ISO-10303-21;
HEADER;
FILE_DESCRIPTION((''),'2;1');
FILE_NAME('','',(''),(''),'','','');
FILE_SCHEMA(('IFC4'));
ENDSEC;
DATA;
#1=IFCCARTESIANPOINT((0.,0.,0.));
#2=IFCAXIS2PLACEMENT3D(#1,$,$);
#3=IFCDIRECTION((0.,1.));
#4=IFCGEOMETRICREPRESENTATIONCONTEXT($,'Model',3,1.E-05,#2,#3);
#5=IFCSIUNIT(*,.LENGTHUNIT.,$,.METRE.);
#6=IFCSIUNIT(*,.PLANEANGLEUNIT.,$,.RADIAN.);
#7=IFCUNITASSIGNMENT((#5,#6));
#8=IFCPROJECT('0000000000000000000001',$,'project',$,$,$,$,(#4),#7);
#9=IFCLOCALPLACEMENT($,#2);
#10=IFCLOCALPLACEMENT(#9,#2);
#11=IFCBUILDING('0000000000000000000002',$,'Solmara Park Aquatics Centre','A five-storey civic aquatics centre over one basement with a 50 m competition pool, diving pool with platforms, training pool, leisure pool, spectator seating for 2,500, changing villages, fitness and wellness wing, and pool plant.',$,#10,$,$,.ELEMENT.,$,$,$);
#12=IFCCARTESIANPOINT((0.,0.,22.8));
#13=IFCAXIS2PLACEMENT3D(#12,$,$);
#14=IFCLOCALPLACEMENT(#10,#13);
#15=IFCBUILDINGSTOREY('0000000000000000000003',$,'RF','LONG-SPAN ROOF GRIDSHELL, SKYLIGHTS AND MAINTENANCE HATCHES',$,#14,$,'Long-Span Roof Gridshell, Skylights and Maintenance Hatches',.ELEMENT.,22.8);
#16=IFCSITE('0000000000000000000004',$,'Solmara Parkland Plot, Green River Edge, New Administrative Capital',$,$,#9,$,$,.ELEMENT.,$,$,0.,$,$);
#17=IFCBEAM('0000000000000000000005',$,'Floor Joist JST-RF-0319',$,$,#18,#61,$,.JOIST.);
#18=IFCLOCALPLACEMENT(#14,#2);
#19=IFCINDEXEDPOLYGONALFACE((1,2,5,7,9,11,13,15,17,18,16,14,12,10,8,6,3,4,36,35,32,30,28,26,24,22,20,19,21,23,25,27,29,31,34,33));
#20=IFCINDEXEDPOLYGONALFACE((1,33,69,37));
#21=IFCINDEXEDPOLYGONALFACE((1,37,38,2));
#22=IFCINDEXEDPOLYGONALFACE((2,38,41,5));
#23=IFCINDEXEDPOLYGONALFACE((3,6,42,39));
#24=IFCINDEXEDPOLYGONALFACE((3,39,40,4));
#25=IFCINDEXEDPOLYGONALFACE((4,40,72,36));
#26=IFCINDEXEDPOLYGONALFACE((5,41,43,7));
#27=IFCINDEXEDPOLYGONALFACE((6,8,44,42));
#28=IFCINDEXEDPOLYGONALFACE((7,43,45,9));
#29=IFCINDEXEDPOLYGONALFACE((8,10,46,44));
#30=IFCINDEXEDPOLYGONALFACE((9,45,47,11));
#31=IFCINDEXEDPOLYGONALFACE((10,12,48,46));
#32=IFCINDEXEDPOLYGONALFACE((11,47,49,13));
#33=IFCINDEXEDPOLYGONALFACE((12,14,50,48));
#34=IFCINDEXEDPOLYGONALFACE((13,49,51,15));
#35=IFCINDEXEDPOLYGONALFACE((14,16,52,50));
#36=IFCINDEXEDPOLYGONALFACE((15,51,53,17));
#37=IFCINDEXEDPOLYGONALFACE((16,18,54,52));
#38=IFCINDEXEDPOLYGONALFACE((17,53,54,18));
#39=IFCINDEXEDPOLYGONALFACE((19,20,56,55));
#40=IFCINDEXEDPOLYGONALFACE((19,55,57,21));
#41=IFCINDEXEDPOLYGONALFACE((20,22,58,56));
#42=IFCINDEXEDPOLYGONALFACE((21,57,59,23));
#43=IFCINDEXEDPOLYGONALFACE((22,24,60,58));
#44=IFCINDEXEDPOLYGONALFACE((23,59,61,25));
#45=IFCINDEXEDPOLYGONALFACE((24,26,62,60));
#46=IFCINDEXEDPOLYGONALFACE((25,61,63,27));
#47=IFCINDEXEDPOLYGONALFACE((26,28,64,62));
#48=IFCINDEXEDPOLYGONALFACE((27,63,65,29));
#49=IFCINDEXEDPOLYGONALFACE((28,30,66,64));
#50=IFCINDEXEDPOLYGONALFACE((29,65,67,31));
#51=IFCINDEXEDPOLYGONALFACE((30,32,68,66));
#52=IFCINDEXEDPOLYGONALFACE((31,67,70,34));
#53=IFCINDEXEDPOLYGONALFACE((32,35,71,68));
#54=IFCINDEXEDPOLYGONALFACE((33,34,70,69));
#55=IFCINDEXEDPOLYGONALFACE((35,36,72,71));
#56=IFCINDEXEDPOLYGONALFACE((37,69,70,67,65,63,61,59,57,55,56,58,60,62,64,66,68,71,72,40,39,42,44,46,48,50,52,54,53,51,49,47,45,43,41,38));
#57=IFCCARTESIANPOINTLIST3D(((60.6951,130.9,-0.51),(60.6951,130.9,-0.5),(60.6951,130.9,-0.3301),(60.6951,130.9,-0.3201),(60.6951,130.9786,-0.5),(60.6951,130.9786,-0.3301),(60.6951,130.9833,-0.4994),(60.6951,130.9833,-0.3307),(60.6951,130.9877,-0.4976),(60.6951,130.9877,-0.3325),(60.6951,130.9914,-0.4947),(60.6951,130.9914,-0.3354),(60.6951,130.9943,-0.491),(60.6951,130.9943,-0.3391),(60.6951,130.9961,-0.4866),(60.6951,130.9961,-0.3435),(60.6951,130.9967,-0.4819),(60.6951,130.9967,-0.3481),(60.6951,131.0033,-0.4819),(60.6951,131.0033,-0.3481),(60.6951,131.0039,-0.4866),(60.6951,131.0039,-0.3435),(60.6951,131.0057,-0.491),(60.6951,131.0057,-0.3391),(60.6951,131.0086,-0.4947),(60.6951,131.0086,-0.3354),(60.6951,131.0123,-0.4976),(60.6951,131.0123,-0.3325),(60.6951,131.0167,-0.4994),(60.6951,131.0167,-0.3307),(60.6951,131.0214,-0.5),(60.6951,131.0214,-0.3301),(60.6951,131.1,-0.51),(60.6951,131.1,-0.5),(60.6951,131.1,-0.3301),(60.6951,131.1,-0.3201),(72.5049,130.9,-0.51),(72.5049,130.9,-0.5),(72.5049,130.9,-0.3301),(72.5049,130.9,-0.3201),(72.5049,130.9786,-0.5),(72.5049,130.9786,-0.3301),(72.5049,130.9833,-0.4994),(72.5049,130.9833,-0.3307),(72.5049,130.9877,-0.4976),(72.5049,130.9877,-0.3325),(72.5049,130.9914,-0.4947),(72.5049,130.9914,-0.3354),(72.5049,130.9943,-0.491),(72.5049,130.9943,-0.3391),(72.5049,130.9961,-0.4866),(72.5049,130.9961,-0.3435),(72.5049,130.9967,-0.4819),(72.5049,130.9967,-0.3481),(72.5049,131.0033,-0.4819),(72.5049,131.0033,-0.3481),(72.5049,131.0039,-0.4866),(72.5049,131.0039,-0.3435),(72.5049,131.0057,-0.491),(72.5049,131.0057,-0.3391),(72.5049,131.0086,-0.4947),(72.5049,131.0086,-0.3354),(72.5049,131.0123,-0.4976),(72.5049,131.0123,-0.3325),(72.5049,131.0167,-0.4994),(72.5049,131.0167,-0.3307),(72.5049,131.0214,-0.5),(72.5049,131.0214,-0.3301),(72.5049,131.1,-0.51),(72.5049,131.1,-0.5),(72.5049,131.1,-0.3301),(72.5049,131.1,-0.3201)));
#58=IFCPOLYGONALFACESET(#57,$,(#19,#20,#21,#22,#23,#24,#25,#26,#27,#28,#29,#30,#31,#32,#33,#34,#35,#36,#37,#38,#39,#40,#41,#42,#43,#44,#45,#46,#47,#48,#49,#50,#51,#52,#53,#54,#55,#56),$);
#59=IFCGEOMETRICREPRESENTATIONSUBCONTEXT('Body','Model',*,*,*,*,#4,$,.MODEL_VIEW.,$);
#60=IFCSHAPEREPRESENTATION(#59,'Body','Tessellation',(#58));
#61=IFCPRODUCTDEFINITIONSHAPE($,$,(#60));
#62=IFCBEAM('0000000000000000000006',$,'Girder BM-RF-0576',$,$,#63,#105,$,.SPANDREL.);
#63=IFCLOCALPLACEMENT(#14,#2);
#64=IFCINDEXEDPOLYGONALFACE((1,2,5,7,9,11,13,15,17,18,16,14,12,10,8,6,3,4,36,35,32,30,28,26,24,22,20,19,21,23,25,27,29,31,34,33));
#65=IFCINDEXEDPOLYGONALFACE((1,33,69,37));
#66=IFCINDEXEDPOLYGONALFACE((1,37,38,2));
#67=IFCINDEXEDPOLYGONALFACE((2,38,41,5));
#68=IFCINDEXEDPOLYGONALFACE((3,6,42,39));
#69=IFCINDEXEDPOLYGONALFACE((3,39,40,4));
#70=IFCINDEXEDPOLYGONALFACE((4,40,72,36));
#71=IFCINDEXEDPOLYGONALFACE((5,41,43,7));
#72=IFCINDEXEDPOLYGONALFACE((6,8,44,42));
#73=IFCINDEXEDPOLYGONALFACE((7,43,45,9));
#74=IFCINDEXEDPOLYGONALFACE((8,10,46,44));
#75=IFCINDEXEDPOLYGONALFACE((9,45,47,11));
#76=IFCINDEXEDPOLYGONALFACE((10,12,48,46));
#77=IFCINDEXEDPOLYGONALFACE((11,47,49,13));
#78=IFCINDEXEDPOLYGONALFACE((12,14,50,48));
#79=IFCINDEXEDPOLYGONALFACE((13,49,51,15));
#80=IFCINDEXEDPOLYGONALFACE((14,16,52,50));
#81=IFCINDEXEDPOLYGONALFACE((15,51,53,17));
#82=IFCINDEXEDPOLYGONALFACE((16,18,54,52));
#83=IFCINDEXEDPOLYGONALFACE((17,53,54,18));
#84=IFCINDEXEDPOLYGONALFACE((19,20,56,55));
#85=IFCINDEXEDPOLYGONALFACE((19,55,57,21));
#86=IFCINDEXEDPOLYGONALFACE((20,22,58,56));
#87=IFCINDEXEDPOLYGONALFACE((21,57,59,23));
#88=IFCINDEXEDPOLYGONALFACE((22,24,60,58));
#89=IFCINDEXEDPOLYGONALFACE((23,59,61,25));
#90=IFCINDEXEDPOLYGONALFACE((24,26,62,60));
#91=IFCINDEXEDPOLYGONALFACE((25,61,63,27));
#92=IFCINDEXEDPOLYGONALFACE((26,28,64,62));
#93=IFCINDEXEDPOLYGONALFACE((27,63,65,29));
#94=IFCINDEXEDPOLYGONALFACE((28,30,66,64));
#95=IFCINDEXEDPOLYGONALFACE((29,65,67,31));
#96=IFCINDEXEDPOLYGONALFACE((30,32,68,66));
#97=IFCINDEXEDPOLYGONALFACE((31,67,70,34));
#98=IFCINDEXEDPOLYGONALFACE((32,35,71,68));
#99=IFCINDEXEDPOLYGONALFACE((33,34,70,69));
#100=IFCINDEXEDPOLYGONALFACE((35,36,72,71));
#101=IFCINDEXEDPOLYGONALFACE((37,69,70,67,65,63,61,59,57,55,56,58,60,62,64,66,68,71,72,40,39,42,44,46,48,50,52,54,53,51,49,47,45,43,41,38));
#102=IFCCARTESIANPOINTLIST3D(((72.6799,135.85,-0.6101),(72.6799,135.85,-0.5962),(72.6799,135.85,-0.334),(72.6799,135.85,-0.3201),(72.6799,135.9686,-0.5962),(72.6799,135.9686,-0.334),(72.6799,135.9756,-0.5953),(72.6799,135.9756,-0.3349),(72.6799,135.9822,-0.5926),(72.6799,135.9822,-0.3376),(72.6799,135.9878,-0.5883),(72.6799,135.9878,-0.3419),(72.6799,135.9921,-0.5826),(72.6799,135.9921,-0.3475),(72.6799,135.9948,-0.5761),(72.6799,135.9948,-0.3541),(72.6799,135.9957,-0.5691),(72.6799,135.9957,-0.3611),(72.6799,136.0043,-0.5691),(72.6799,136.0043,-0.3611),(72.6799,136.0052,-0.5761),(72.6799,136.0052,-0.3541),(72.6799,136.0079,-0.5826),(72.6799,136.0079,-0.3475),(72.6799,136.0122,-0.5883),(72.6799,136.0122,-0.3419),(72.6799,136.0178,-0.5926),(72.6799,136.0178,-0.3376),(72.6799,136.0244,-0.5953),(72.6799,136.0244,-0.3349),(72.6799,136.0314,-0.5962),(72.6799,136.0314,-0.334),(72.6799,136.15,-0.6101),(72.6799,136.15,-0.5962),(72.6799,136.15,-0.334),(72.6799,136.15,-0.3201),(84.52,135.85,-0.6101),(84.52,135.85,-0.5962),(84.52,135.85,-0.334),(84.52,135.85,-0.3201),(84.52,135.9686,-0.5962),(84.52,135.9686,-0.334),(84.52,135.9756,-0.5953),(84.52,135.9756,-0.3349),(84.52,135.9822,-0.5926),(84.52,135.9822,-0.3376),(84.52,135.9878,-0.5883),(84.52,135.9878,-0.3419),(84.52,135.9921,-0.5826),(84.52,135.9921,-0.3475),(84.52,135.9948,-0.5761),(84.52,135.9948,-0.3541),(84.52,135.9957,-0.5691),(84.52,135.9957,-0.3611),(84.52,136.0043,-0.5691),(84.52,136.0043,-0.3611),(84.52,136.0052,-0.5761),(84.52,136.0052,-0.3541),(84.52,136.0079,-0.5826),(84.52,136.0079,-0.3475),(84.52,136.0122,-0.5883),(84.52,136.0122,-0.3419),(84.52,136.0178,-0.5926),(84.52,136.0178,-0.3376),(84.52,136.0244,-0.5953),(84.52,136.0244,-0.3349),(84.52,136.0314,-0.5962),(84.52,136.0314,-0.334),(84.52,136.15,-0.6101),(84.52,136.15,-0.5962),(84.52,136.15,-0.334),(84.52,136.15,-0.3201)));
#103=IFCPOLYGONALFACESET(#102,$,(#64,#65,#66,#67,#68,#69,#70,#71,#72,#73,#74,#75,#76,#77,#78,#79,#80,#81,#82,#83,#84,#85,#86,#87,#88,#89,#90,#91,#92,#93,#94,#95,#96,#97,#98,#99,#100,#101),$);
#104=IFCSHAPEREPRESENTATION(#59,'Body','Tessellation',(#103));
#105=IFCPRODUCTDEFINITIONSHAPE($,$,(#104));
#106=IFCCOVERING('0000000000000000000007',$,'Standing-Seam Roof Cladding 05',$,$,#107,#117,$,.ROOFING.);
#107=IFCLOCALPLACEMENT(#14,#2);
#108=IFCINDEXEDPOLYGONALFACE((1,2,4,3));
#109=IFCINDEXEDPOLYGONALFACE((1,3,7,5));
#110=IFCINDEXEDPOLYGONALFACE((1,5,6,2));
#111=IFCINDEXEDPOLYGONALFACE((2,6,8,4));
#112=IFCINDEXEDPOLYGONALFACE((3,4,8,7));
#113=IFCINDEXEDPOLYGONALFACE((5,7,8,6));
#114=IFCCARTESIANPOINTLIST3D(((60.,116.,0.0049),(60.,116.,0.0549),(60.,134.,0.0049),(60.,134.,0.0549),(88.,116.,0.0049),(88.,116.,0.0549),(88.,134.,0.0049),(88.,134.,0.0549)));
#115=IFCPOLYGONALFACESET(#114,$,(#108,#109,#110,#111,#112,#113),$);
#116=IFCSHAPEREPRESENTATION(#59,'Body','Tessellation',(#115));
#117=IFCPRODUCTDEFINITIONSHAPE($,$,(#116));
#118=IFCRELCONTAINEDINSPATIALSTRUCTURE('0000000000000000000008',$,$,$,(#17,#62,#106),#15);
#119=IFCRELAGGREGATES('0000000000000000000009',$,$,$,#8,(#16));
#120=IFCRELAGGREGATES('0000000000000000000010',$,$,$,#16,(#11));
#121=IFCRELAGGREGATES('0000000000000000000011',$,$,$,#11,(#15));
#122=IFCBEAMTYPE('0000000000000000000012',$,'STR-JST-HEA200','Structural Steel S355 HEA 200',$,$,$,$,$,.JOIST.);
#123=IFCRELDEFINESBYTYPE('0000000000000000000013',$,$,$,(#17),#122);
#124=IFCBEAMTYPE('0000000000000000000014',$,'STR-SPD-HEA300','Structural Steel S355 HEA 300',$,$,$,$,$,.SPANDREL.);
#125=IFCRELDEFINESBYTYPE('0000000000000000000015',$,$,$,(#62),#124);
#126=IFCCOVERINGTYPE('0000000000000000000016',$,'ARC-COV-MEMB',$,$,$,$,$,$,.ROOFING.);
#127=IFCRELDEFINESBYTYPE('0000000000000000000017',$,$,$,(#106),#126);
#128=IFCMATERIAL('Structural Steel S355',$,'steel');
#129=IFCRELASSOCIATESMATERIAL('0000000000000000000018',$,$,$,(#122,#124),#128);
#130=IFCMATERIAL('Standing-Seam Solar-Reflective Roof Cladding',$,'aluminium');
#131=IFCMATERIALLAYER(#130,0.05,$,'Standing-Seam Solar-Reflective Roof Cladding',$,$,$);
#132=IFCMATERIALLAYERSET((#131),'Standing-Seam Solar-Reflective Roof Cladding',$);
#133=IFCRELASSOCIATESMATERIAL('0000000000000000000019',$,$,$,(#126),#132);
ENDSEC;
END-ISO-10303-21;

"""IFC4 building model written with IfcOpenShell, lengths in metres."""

from ifc_helpers import new_model, si_unit, direction, frame, origin, origin_2d, place, context, subcontext, project, spatial, rectangle, i_section, extrude, material, layer, layer_set, material_profile, profile_set, type_object, element, save


model = new_model("IFC4")

# Units and contexts
model_context = context("Model", 3, precision=1e-05, world=origin(), true_north=direction((0.0, 1.0)))
body_context = subcontext(model_context, "Body", "Model", "MODEL_VIEW")
ifc_project = project(units=[si_unit("LENGTHUNIT", "METRE"), si_unit("PLANEANGLEUNIT", "RADIAN")], contexts=[model_context])

# Site, building, storey
site_placement = place(None, origin())
site = spatial("IfcSite", under=ifc_project, at=site_placement, Name="Solmara Parkland Plot, Green River Edge, New Administrative Capital", CompositionType="ELEMENT", RefElevation=0.0)
building_placement = place(site_placement, origin())
building = spatial("IfcBuilding", under=site, at=building_placement, Name="Solmara Park Aquatics Centre", Description="A five-storey civic aquatics centre over one basement with a 50 m competition pool, diving pool with platforms, training pool, leisure pool, spectator seating for 2,500, changing villages, fitness and wellness wing, and pool plant.", CompositionType="ELEMENT")
storey_placement = place(building_placement, frame((0.0, 0.0, 22.8)))
storey = spatial("IfcBuildingStorey", under=building, at=storey_placement, Name="RF", Description="LONG-SPAN ROOF GRIDSHELL, SKYLIGHTS AND MAINTENANCE HATCHES", LongName="Long-Span Roof Gridshell, Skylights and Maintenance Hatches", CompositionType="ELEMENT", Elevation=22.8)

# Beams
ifc_material_1 = material(Name="Structural Steel S355", Category="steel")
ifc_material_profile_1 = material_profile(ifc_material_1, i_section(OverallWidth=0.2, OverallDepth=0.1899, WebThickness=0.0066, FlangeThickness=0.01, FilletRadius=0.0181, at=origin_2d()), Name="HEA 200")
ifc_profile_set_1 = profile_set([ifc_material_profile_1], Name="Structural Steel S355")
beam_type_1 = type_object("IfcBeamType", Name="STR-JST-HEA200", Description="Structural Steel S355 HEA 200", PredefinedType="JOIST", material=ifc_profile_set_1)
beam_1_placement = place(storey_placement, frame((60.6951, 131.0, -0.415), z_axis=(1.0, 0.0, 0.0), x_axis=(0.0, 1.0, 0.0)))
element("IfcBeam", 1, at=beam_1_placement, inside=storey, type_object=beam_type_1, Name="Floor Joist JST-RF-0319", PredefinedType="JOIST", context=body_context, shape_type="SweptSolid", body=[
    extrude(i_section(OverallWidth=0.2, OverallDepth=0.1899, WebThickness=0.0066, FlangeThickness=0.01, FilletRadius=0.0181, at=origin_2d()), origin(), (0.0, 0.0, 1.0), 11.8098),
])
ifc_material_profile_2 = material_profile(ifc_material_1, i_section(OverallWidth=0.3, OverallDepth=0.29, WebThickness=0.0085, FlangeThickness=0.0139, FilletRadius=0.0271, at=origin_2d()), Name="HEA 300")
ifc_profile_set_2 = profile_set([ifc_material_profile_2], Name="Structural Steel S355")
beam_type_2 = type_object("IfcBeamType", Name="STR-SPD-HEA300", Description="Structural Steel S355 HEA 300", PredefinedType="SPANDREL", material=ifc_profile_set_2)
beam_2_placement = place(storey_placement, frame((72.6799, 136.0, -0.4651), z_axis=(1.0, 0.0, 0.0), x_axis=(0.0, 1.0, 0.0)))
element("IfcBeam", 2, at=beam_2_placement, inside=storey, type_object=beam_type_2, Name="Girder BM-RF-0576", PredefinedType="SPANDREL", context=body_context, shape_type="SweptSolid", body=[
    extrude(i_section(OverallWidth=0.3, OverallDepth=0.29, WebThickness=0.0085, FlangeThickness=0.0139, FilletRadius=0.0271, at=origin_2d()), origin(), (0.0, 0.0, 1.0), 11.8401),
])

# Covering
ifc_material_2 = material(Name="Standing-Seam Solar-Reflective Roof Cladding", Category="aluminium")
ifc_layer = layer(ifc_material_2, 0.05, Name="Standing-Seam Solar-Reflective Roof Cladding")
ifc_layer_set = layer_set([ifc_layer], Name="Standing-Seam Solar-Reflective Roof Cladding")
covering_type = type_object("IfcCoveringType", Name="ARC-COV-MEMB", PredefinedType="ROOFING", material=ifc_layer_set)
covering_placement = place(storey_placement, frame((74.0, 125.0, 0.0049), z_axis=(0.0, 0.0, 1.0), x_axis=(1.0, 0.0, 0.0)))
element("IfcCovering", 3, at=covering_placement, inside=storey, type_object=covering_type, Name="Standing-Seam Roof Cladding 05", PredefinedType="ROOFING", context=body_context, shape_type="SweptSolid", body=[
    extrude(rectangle(XDim=28.0, YDim=18.0, at=origin_2d()), origin(), (0.0, 0.0, 1.0), 0.05),
])

save(model, "model.ifc")
